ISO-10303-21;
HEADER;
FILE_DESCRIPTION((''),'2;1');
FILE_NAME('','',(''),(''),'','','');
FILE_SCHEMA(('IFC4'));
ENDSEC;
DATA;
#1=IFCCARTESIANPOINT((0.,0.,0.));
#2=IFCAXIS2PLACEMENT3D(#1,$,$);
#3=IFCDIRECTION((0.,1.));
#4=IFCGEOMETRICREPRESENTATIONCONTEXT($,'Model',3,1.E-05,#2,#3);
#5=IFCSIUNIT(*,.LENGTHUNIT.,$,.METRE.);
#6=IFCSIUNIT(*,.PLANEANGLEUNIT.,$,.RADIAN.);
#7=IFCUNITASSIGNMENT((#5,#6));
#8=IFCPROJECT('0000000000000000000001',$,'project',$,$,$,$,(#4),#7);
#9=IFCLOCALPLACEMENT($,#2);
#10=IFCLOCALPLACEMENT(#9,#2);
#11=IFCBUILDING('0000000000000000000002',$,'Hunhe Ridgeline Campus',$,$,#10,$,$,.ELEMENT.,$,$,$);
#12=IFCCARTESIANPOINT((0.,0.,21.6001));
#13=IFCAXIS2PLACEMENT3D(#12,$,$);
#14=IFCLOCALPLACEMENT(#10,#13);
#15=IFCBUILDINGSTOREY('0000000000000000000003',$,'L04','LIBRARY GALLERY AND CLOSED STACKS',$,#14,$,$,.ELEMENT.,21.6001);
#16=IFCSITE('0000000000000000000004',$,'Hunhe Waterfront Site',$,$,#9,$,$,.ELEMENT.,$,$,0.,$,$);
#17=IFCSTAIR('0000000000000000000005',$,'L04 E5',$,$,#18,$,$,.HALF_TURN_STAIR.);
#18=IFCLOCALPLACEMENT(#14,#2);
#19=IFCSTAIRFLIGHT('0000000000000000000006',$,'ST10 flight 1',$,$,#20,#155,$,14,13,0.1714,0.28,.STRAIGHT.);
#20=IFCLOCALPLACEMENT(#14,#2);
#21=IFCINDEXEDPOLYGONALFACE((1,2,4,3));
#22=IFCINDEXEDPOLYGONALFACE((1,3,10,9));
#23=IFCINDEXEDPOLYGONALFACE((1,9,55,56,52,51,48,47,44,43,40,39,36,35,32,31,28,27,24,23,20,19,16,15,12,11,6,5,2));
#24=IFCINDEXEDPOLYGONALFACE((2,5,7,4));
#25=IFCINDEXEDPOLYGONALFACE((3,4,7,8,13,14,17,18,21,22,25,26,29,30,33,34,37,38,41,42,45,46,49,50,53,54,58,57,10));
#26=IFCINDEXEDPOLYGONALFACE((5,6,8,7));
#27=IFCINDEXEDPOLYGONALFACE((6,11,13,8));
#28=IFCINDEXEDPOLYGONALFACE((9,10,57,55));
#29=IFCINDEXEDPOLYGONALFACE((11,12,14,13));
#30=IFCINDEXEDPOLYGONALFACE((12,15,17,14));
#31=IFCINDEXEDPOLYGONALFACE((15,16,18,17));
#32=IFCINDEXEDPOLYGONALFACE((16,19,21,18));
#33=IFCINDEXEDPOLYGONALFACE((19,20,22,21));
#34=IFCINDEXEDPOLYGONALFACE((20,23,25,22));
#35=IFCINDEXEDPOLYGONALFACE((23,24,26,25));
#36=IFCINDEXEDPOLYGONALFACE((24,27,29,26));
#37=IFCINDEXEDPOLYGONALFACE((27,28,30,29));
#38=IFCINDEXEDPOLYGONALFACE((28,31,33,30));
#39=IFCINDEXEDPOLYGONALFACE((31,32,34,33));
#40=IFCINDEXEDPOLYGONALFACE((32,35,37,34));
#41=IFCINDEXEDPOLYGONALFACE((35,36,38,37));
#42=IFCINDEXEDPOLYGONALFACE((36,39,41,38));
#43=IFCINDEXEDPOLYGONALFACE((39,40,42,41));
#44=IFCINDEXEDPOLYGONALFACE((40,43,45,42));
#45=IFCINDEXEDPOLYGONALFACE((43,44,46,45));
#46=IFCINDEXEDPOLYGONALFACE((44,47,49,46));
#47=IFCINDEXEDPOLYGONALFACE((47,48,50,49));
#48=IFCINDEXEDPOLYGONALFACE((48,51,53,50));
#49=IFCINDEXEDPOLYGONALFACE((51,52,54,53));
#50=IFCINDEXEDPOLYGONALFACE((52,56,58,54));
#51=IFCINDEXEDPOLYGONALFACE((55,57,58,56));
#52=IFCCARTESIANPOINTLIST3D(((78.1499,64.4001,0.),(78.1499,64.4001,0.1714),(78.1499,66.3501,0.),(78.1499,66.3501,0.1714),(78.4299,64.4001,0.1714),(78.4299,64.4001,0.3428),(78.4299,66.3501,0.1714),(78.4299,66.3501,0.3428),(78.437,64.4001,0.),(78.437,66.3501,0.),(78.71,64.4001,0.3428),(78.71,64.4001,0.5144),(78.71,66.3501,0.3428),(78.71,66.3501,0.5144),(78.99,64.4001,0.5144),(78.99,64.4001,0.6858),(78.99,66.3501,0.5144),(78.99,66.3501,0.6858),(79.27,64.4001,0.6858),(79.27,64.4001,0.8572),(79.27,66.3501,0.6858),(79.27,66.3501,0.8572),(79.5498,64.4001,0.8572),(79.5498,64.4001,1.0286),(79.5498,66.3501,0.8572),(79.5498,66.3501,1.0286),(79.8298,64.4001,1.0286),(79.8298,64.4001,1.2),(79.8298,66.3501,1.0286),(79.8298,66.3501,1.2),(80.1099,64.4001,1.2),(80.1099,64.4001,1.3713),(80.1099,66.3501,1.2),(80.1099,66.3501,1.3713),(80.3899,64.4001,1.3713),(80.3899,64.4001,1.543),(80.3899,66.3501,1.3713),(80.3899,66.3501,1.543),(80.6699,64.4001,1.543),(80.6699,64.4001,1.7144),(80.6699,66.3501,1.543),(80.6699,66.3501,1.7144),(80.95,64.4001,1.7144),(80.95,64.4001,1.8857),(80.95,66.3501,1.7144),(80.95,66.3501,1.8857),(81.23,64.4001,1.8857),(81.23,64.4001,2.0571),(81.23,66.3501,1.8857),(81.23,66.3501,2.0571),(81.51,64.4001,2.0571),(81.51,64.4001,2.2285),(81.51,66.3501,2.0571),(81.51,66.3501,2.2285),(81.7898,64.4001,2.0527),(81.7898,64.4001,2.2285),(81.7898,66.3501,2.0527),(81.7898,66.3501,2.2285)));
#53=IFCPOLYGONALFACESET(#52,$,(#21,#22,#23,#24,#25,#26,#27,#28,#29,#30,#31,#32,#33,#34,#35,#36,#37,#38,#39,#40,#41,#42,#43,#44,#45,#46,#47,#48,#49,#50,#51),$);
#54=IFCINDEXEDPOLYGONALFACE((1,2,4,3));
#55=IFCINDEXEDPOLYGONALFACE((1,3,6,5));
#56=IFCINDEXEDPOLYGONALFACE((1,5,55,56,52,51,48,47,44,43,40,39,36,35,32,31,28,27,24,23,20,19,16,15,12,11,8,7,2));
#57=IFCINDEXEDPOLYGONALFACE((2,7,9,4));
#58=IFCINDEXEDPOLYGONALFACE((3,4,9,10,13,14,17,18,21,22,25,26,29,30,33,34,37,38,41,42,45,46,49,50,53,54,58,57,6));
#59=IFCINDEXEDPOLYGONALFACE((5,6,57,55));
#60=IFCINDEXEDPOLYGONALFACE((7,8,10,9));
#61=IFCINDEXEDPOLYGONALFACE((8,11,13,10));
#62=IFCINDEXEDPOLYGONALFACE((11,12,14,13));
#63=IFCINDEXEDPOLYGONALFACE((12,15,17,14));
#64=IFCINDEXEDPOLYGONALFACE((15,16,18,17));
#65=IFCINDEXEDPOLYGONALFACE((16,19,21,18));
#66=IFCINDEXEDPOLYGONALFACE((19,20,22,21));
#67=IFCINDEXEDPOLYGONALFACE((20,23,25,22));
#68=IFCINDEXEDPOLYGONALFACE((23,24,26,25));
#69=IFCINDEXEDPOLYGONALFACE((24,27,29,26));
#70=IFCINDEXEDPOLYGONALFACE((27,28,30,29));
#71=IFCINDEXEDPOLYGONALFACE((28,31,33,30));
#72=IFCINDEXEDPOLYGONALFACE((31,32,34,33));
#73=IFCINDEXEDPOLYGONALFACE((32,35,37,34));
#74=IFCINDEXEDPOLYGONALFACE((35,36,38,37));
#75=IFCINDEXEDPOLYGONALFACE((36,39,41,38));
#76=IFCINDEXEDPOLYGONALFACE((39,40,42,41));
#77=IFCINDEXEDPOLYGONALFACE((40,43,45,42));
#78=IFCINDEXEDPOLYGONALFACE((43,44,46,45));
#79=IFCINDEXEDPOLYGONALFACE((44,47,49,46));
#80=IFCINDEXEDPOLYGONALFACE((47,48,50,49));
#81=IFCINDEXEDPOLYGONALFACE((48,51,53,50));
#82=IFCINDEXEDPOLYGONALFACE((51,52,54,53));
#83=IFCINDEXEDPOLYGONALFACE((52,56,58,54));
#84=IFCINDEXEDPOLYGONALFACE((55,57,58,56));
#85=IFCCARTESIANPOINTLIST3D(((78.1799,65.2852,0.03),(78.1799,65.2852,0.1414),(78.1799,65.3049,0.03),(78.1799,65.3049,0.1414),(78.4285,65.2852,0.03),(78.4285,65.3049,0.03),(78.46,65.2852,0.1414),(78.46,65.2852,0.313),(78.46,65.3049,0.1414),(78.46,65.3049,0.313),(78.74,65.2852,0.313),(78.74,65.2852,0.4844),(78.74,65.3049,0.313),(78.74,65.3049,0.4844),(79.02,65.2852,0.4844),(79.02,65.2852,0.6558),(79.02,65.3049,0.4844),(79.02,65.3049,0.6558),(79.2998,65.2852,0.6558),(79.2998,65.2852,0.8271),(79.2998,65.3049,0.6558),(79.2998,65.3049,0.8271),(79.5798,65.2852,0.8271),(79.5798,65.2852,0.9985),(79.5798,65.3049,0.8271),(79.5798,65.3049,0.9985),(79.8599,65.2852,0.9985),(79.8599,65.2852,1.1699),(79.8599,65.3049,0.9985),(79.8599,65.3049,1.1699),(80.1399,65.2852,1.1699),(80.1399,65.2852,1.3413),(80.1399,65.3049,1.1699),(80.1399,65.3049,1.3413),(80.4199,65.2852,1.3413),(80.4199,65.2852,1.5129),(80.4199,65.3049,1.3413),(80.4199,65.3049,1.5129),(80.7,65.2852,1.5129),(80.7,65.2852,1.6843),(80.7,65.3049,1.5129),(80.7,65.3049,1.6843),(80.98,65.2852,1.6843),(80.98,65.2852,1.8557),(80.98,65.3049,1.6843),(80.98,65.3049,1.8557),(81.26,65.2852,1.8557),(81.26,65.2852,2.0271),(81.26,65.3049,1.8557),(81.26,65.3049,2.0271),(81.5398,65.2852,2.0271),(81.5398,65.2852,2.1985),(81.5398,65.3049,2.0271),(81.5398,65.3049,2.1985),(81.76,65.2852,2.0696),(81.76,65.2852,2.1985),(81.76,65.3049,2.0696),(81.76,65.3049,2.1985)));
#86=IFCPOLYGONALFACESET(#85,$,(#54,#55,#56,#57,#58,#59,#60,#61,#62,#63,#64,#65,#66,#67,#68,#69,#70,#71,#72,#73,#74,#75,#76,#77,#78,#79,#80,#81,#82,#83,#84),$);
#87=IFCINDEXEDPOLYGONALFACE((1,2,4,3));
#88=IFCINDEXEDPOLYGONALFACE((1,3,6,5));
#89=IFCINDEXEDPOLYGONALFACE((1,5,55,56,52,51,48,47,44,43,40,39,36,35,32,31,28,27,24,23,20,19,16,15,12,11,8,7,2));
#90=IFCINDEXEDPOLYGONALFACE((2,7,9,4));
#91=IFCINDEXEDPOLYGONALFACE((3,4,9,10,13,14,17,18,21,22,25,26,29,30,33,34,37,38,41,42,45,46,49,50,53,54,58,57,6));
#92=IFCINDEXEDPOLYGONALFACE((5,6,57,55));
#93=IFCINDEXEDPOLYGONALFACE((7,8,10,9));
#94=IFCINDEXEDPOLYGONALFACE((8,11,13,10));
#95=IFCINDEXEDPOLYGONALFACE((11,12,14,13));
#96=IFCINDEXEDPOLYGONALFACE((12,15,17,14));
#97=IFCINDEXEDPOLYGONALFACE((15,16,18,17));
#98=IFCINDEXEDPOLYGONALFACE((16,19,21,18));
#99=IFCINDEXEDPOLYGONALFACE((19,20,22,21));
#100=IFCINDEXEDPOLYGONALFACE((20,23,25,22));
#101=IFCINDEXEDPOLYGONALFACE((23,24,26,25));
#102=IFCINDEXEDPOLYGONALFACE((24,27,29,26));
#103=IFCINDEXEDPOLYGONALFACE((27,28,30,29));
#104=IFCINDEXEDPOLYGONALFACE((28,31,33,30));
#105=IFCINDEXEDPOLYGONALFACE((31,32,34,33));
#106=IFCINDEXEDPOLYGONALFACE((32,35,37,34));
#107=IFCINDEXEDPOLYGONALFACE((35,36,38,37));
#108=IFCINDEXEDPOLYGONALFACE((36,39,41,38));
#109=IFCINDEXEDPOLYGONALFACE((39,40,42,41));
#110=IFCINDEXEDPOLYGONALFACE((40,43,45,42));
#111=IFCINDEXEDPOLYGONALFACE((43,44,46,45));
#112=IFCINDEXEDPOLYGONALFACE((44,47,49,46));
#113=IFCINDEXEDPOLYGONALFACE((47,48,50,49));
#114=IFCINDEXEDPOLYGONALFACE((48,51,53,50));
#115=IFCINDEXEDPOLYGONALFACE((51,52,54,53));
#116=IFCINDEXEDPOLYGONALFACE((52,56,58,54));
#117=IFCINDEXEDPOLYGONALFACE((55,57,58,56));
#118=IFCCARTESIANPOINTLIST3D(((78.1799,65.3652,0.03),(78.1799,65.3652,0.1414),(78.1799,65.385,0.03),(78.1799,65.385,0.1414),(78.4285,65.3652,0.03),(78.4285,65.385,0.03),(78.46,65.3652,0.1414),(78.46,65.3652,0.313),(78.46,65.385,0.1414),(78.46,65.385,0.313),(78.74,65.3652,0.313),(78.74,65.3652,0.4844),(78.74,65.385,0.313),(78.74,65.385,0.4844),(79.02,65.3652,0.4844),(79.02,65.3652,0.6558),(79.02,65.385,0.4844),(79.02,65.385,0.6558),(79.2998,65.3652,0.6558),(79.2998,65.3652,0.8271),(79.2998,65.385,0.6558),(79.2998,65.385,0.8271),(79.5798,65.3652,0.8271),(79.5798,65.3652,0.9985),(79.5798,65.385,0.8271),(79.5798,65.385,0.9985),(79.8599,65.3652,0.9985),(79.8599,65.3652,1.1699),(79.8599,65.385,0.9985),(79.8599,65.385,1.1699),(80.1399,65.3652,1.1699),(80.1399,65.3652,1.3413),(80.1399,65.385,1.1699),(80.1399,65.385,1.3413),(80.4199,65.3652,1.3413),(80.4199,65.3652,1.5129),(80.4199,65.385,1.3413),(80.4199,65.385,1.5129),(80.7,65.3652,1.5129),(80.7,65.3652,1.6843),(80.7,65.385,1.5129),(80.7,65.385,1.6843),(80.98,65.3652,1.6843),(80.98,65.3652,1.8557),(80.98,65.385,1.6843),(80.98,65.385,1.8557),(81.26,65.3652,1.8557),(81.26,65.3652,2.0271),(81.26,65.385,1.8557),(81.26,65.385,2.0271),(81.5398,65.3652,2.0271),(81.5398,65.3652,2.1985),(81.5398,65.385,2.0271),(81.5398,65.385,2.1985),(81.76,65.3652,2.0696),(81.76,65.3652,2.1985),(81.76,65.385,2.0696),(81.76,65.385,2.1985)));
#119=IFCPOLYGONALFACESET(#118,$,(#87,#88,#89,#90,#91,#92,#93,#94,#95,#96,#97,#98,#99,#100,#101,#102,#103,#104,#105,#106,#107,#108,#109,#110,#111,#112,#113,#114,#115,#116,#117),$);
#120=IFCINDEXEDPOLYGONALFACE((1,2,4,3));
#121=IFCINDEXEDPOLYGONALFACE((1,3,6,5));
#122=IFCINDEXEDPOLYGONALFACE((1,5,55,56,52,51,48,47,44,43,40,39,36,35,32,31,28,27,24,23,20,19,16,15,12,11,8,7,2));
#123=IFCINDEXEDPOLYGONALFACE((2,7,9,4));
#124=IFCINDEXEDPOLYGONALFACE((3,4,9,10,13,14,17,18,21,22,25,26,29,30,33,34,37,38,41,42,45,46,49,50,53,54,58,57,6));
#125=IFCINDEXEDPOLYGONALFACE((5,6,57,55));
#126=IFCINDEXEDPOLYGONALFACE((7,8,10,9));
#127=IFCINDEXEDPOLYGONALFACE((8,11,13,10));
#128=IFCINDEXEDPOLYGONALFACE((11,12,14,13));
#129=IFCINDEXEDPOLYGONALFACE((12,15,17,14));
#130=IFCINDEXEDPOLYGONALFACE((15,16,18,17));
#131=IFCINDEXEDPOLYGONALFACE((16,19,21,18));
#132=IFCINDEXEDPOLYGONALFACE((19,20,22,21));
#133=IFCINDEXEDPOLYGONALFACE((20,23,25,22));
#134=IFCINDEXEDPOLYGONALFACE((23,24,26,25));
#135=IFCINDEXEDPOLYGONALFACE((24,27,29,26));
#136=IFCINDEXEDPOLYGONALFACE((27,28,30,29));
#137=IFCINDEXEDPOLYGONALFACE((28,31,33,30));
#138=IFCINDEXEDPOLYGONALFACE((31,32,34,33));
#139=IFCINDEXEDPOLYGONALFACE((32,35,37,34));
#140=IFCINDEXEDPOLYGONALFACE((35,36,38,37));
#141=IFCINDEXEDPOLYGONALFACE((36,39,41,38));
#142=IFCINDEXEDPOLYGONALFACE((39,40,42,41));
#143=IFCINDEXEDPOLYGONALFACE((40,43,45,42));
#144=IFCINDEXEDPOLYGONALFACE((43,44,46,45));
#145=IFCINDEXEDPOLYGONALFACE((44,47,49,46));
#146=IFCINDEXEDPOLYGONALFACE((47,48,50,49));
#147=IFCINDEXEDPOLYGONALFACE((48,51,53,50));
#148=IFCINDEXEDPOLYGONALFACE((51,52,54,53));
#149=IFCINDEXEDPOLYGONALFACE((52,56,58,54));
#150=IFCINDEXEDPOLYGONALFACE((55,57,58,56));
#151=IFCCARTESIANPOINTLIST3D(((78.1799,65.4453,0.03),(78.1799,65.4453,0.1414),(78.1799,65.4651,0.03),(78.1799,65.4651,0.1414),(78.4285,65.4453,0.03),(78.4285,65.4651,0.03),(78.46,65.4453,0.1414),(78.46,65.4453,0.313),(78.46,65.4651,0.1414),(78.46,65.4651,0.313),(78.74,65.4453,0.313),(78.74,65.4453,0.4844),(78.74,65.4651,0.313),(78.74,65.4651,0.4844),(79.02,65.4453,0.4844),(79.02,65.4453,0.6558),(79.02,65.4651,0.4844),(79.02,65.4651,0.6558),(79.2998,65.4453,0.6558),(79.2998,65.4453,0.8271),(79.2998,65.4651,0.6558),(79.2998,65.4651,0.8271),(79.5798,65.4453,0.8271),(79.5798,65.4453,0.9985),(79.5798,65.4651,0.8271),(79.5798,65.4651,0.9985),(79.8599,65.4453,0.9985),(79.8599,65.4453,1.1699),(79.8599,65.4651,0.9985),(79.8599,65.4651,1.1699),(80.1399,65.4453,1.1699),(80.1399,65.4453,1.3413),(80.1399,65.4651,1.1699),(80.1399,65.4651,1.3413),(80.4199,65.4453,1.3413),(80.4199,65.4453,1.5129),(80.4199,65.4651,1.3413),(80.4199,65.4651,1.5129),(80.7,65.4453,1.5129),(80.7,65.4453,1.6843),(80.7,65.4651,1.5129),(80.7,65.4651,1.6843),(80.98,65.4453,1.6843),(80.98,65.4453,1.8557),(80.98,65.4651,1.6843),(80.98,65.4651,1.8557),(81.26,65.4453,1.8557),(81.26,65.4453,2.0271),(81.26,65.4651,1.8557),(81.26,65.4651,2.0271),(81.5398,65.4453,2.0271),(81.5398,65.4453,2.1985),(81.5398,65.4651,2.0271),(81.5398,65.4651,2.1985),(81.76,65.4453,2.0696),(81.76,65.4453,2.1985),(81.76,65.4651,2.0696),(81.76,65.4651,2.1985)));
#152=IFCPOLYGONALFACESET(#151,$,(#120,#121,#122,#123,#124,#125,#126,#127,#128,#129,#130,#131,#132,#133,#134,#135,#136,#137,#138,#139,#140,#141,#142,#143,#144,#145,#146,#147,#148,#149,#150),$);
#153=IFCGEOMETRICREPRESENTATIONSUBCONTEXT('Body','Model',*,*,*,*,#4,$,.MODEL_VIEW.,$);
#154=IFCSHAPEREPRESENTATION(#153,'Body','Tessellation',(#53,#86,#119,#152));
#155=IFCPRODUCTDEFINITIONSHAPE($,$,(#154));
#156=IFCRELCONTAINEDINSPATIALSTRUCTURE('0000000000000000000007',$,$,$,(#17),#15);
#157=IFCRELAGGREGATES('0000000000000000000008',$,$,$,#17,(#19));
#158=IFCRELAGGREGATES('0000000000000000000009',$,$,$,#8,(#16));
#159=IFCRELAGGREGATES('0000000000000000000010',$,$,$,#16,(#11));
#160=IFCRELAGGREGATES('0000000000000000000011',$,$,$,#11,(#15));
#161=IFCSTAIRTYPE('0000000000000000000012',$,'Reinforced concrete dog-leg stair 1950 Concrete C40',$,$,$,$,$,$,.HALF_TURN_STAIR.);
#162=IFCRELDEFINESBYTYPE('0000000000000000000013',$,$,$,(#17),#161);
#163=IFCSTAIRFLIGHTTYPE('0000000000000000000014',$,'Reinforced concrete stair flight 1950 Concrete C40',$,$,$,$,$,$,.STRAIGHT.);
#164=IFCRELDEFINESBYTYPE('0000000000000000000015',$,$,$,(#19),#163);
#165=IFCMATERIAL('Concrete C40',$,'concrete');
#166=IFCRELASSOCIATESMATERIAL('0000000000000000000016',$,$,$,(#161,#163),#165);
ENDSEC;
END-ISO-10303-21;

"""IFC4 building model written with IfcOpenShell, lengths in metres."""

from ifc_helpers import new_model, si_unit, direction, frame, origin, place, context, subcontext, project, spatial, polyline, outline, extrude, material, type_object, element, aggregate, save


model = new_model("IFC4")

# Units and contexts
model_context = context("Model", 3, precision=1e-05, world=origin(), true_north=direction((0.0, 1.0)))
body_context = subcontext(model_context, "Body", "Model", "MODEL_VIEW")
ifc_project = project(units=[si_unit("LENGTHUNIT", "METRE"), si_unit("PLANEANGLEUNIT", "RADIAN")], contexts=[model_context])

# Site, building, storey
site_placement = place(None, origin())
site = spatial("IfcSite", under=ifc_project, at=site_placement, Name="Hunhe Waterfront Site", CompositionType="ELEMENT", RefElevation=0.0)
building_placement = place(site_placement, origin())
building = spatial("IfcBuilding", under=site, at=building_placement, Name="Hunhe Ridgeline Campus", CompositionType="ELEMENT")
storey_placement = place(building_placement, frame((0.0, 0.0, 21.6001)))
storey = spatial("IfcBuildingStorey", under=building, at=storey_placement, Name="L04", Description="LIBRARY GALLERY AND CLOSED STACKS", CompositionType="ELEMENT", Elevation=21.6001)

# Stair, stair flight
ifc_material_1 = material(Name="Concrete C40", Category="concrete")
stair_type = type_object("IfcStairType", Name="Reinforced concrete dog-leg stair 1950 Concrete C40", PredefinedType="HALF_TURN_STAIR", material=ifc_material_1)
stair_placement = place(storey_placement, origin())
stair = element("IfcStair", 1, at=stair_placement, inside=storey, type_object=stair_type, Name="L04 E5", PredefinedType="HALF_TURN_STAIR")
stair_flight_type = type_object("IfcStairFlightType", Name="Reinforced concrete stair flight 1950 Concrete C40", PredefinedType="STRAIGHT", material=ifc_material_1)
stair_flight_1_placement = place(storey_placement, frame((78.1499, 65.375, 0.0), z_axis=(0.0, 0.0, 1.0), x_axis=(1.0, 0.0, 0.0)))
stair_flight_1 = element("IfcStairFlight", 2, at=stair_flight_1_placement, type_object=stair_flight_type, Name="ST10 flight 1", NumberOfRisers=14, NumberOfTreads=13, PredefinedType="STRAIGHT", RiserHeight=0.1714, TreadLength=0.28, context=body_context, shape_type="SweptSolid", body=[
    extrude(outline(polyline([(0.0, 0.0), (0.0, 0.1714), (0.28, 0.1714), (0.28, 0.3428), (0.5601, 0.3428), (0.5601, 0.5144), (0.8401, 0.5144), (0.8401, 0.6858), (1.1201, 0.6858), (1.1201, 0.8572), (1.3999, 0.8572), (1.3999, 1.0286), (1.6799, 1.0286), (1.6799, 1.2), (1.96, 1.2), (1.96, 1.3713), (2.24, 1.3713), (2.24, 1.543), (2.52, 1.543), (2.52, 1.7144), (2.8, 1.7144), (2.8, 1.8857), (3.0801, 1.8857), (3.0801, 2.0571), (3.3601, 2.0571), (3.3601, 2.2285), (3.6399, 2.2285), (3.6399, 2.3999), (3.6399, 2.0527), (0.2871, 0.0), (0.0, 0.0)])), frame((0.0, 0.9751, 0.0), z_axis=(0.0, -1.0, 0.0), x_axis=(1.0, 0.0, 0.0)), (0.0, 0.0, 1.0), 1.95),
    extrude(outline(polyline([(0.03, 0.03), (0.03, 0.1414), (0.3101, 0.1414), (0.3101, 0.313), (0.5901, 0.313), (0.5901, 0.4844), (0.8701, 0.4844), (0.8701, 0.6558), (1.1499, 0.6558), (1.1499, 0.8271), (1.4299, 0.8271), (1.4299, 0.9985), (1.71, 0.9985), (1.71, 1.1699), (1.99, 1.1699), (1.99, 1.3413), (2.27, 1.3413), (2.27, 1.5129), (2.55, 1.5129), (2.55, 1.6843), (2.8301, 1.6843), (2.8301, 1.8557), (3.1101, 1.8557), (3.1101, 2.0271), (3.3899, 2.0271), (3.3899, 2.1985), (3.6101, 2.1985), (3.6101, 2.0696), (0.2786, 0.03), (0.03, 0.03)])), frame((0.0, -0.0701, 0.0), z_axis=(0.0, -1.0, 0.0), x_axis=(1.0, 0.0, 0.0)), (0.0, 0.0, 1.0), 0.0198),
    extrude(outline(polyline([(0.03, 0.03), (0.03, 0.1414), (0.3101, 0.1414), (0.3101, 0.313), (0.5901, 0.313), (0.5901, 0.4844), (0.8701, 0.4844), (0.8701, 0.6558), (1.1499, 0.6558), (1.1499, 0.8271), (1.4299, 0.8271), (1.4299, 0.9985), (1.71, 0.9985), (1.71, 1.1699), (1.99, 1.1699), (1.99, 1.3413), (2.27, 1.3413), (2.27, 1.5129), (2.55, 1.5129), (2.55, 1.6843), (2.8301, 1.6843), (2.8301, 1.8557), (3.1101, 1.8557), (3.1101, 2.0271), (3.3899, 2.0271), (3.3899, 2.1985), (3.6101, 2.1985), (3.6101, 2.0696), (0.2786, 0.03), (0.03, 0.03)])), frame((0.0, 0.01, 0.0), z_axis=(0.0, -1.0, 0.0), x_axis=(1.0, 0.0, 0.0)), (0.0, 0.0, 1.0), 0.0198),
    extrude(outline(polyline([(0.03, 0.03), (0.03, 0.1414), (0.3101, 0.1414), (0.3101, 0.313), (0.5901, 0.313), (0.5901, 0.4844), (0.8701, 0.4844), (0.8701, 0.6558), (1.1499, 0.6558), (1.1499, 0.8271), (1.4299, 0.8271), (1.4299, 0.9985), (1.71, 0.9985), (1.71, 1.1699), (1.99, 1.1699), (1.99, 1.3413), (2.27, 1.3413), (2.27, 1.5129), (2.55, 1.5129), (2.55, 1.6843), (2.8301, 1.6843), (2.8301, 1.8557), (3.1101, 1.8557), (3.1101, 2.0271), (3.3899, 2.0271), (3.3899, 2.1985), (3.6101, 2.1985), (3.6101, 2.0696), (0.2786, 0.03), (0.03, 0.03)])), frame((0.0, 0.0901, 0.0), z_axis=(0.0, -1.0, 0.0), x_axis=(1.0, 0.0, 0.0)), (0.0, 0.0, 1.0), 0.0198),
])
aggregate(stair, [stair_flight_1])

save(model, "model.ifc")
